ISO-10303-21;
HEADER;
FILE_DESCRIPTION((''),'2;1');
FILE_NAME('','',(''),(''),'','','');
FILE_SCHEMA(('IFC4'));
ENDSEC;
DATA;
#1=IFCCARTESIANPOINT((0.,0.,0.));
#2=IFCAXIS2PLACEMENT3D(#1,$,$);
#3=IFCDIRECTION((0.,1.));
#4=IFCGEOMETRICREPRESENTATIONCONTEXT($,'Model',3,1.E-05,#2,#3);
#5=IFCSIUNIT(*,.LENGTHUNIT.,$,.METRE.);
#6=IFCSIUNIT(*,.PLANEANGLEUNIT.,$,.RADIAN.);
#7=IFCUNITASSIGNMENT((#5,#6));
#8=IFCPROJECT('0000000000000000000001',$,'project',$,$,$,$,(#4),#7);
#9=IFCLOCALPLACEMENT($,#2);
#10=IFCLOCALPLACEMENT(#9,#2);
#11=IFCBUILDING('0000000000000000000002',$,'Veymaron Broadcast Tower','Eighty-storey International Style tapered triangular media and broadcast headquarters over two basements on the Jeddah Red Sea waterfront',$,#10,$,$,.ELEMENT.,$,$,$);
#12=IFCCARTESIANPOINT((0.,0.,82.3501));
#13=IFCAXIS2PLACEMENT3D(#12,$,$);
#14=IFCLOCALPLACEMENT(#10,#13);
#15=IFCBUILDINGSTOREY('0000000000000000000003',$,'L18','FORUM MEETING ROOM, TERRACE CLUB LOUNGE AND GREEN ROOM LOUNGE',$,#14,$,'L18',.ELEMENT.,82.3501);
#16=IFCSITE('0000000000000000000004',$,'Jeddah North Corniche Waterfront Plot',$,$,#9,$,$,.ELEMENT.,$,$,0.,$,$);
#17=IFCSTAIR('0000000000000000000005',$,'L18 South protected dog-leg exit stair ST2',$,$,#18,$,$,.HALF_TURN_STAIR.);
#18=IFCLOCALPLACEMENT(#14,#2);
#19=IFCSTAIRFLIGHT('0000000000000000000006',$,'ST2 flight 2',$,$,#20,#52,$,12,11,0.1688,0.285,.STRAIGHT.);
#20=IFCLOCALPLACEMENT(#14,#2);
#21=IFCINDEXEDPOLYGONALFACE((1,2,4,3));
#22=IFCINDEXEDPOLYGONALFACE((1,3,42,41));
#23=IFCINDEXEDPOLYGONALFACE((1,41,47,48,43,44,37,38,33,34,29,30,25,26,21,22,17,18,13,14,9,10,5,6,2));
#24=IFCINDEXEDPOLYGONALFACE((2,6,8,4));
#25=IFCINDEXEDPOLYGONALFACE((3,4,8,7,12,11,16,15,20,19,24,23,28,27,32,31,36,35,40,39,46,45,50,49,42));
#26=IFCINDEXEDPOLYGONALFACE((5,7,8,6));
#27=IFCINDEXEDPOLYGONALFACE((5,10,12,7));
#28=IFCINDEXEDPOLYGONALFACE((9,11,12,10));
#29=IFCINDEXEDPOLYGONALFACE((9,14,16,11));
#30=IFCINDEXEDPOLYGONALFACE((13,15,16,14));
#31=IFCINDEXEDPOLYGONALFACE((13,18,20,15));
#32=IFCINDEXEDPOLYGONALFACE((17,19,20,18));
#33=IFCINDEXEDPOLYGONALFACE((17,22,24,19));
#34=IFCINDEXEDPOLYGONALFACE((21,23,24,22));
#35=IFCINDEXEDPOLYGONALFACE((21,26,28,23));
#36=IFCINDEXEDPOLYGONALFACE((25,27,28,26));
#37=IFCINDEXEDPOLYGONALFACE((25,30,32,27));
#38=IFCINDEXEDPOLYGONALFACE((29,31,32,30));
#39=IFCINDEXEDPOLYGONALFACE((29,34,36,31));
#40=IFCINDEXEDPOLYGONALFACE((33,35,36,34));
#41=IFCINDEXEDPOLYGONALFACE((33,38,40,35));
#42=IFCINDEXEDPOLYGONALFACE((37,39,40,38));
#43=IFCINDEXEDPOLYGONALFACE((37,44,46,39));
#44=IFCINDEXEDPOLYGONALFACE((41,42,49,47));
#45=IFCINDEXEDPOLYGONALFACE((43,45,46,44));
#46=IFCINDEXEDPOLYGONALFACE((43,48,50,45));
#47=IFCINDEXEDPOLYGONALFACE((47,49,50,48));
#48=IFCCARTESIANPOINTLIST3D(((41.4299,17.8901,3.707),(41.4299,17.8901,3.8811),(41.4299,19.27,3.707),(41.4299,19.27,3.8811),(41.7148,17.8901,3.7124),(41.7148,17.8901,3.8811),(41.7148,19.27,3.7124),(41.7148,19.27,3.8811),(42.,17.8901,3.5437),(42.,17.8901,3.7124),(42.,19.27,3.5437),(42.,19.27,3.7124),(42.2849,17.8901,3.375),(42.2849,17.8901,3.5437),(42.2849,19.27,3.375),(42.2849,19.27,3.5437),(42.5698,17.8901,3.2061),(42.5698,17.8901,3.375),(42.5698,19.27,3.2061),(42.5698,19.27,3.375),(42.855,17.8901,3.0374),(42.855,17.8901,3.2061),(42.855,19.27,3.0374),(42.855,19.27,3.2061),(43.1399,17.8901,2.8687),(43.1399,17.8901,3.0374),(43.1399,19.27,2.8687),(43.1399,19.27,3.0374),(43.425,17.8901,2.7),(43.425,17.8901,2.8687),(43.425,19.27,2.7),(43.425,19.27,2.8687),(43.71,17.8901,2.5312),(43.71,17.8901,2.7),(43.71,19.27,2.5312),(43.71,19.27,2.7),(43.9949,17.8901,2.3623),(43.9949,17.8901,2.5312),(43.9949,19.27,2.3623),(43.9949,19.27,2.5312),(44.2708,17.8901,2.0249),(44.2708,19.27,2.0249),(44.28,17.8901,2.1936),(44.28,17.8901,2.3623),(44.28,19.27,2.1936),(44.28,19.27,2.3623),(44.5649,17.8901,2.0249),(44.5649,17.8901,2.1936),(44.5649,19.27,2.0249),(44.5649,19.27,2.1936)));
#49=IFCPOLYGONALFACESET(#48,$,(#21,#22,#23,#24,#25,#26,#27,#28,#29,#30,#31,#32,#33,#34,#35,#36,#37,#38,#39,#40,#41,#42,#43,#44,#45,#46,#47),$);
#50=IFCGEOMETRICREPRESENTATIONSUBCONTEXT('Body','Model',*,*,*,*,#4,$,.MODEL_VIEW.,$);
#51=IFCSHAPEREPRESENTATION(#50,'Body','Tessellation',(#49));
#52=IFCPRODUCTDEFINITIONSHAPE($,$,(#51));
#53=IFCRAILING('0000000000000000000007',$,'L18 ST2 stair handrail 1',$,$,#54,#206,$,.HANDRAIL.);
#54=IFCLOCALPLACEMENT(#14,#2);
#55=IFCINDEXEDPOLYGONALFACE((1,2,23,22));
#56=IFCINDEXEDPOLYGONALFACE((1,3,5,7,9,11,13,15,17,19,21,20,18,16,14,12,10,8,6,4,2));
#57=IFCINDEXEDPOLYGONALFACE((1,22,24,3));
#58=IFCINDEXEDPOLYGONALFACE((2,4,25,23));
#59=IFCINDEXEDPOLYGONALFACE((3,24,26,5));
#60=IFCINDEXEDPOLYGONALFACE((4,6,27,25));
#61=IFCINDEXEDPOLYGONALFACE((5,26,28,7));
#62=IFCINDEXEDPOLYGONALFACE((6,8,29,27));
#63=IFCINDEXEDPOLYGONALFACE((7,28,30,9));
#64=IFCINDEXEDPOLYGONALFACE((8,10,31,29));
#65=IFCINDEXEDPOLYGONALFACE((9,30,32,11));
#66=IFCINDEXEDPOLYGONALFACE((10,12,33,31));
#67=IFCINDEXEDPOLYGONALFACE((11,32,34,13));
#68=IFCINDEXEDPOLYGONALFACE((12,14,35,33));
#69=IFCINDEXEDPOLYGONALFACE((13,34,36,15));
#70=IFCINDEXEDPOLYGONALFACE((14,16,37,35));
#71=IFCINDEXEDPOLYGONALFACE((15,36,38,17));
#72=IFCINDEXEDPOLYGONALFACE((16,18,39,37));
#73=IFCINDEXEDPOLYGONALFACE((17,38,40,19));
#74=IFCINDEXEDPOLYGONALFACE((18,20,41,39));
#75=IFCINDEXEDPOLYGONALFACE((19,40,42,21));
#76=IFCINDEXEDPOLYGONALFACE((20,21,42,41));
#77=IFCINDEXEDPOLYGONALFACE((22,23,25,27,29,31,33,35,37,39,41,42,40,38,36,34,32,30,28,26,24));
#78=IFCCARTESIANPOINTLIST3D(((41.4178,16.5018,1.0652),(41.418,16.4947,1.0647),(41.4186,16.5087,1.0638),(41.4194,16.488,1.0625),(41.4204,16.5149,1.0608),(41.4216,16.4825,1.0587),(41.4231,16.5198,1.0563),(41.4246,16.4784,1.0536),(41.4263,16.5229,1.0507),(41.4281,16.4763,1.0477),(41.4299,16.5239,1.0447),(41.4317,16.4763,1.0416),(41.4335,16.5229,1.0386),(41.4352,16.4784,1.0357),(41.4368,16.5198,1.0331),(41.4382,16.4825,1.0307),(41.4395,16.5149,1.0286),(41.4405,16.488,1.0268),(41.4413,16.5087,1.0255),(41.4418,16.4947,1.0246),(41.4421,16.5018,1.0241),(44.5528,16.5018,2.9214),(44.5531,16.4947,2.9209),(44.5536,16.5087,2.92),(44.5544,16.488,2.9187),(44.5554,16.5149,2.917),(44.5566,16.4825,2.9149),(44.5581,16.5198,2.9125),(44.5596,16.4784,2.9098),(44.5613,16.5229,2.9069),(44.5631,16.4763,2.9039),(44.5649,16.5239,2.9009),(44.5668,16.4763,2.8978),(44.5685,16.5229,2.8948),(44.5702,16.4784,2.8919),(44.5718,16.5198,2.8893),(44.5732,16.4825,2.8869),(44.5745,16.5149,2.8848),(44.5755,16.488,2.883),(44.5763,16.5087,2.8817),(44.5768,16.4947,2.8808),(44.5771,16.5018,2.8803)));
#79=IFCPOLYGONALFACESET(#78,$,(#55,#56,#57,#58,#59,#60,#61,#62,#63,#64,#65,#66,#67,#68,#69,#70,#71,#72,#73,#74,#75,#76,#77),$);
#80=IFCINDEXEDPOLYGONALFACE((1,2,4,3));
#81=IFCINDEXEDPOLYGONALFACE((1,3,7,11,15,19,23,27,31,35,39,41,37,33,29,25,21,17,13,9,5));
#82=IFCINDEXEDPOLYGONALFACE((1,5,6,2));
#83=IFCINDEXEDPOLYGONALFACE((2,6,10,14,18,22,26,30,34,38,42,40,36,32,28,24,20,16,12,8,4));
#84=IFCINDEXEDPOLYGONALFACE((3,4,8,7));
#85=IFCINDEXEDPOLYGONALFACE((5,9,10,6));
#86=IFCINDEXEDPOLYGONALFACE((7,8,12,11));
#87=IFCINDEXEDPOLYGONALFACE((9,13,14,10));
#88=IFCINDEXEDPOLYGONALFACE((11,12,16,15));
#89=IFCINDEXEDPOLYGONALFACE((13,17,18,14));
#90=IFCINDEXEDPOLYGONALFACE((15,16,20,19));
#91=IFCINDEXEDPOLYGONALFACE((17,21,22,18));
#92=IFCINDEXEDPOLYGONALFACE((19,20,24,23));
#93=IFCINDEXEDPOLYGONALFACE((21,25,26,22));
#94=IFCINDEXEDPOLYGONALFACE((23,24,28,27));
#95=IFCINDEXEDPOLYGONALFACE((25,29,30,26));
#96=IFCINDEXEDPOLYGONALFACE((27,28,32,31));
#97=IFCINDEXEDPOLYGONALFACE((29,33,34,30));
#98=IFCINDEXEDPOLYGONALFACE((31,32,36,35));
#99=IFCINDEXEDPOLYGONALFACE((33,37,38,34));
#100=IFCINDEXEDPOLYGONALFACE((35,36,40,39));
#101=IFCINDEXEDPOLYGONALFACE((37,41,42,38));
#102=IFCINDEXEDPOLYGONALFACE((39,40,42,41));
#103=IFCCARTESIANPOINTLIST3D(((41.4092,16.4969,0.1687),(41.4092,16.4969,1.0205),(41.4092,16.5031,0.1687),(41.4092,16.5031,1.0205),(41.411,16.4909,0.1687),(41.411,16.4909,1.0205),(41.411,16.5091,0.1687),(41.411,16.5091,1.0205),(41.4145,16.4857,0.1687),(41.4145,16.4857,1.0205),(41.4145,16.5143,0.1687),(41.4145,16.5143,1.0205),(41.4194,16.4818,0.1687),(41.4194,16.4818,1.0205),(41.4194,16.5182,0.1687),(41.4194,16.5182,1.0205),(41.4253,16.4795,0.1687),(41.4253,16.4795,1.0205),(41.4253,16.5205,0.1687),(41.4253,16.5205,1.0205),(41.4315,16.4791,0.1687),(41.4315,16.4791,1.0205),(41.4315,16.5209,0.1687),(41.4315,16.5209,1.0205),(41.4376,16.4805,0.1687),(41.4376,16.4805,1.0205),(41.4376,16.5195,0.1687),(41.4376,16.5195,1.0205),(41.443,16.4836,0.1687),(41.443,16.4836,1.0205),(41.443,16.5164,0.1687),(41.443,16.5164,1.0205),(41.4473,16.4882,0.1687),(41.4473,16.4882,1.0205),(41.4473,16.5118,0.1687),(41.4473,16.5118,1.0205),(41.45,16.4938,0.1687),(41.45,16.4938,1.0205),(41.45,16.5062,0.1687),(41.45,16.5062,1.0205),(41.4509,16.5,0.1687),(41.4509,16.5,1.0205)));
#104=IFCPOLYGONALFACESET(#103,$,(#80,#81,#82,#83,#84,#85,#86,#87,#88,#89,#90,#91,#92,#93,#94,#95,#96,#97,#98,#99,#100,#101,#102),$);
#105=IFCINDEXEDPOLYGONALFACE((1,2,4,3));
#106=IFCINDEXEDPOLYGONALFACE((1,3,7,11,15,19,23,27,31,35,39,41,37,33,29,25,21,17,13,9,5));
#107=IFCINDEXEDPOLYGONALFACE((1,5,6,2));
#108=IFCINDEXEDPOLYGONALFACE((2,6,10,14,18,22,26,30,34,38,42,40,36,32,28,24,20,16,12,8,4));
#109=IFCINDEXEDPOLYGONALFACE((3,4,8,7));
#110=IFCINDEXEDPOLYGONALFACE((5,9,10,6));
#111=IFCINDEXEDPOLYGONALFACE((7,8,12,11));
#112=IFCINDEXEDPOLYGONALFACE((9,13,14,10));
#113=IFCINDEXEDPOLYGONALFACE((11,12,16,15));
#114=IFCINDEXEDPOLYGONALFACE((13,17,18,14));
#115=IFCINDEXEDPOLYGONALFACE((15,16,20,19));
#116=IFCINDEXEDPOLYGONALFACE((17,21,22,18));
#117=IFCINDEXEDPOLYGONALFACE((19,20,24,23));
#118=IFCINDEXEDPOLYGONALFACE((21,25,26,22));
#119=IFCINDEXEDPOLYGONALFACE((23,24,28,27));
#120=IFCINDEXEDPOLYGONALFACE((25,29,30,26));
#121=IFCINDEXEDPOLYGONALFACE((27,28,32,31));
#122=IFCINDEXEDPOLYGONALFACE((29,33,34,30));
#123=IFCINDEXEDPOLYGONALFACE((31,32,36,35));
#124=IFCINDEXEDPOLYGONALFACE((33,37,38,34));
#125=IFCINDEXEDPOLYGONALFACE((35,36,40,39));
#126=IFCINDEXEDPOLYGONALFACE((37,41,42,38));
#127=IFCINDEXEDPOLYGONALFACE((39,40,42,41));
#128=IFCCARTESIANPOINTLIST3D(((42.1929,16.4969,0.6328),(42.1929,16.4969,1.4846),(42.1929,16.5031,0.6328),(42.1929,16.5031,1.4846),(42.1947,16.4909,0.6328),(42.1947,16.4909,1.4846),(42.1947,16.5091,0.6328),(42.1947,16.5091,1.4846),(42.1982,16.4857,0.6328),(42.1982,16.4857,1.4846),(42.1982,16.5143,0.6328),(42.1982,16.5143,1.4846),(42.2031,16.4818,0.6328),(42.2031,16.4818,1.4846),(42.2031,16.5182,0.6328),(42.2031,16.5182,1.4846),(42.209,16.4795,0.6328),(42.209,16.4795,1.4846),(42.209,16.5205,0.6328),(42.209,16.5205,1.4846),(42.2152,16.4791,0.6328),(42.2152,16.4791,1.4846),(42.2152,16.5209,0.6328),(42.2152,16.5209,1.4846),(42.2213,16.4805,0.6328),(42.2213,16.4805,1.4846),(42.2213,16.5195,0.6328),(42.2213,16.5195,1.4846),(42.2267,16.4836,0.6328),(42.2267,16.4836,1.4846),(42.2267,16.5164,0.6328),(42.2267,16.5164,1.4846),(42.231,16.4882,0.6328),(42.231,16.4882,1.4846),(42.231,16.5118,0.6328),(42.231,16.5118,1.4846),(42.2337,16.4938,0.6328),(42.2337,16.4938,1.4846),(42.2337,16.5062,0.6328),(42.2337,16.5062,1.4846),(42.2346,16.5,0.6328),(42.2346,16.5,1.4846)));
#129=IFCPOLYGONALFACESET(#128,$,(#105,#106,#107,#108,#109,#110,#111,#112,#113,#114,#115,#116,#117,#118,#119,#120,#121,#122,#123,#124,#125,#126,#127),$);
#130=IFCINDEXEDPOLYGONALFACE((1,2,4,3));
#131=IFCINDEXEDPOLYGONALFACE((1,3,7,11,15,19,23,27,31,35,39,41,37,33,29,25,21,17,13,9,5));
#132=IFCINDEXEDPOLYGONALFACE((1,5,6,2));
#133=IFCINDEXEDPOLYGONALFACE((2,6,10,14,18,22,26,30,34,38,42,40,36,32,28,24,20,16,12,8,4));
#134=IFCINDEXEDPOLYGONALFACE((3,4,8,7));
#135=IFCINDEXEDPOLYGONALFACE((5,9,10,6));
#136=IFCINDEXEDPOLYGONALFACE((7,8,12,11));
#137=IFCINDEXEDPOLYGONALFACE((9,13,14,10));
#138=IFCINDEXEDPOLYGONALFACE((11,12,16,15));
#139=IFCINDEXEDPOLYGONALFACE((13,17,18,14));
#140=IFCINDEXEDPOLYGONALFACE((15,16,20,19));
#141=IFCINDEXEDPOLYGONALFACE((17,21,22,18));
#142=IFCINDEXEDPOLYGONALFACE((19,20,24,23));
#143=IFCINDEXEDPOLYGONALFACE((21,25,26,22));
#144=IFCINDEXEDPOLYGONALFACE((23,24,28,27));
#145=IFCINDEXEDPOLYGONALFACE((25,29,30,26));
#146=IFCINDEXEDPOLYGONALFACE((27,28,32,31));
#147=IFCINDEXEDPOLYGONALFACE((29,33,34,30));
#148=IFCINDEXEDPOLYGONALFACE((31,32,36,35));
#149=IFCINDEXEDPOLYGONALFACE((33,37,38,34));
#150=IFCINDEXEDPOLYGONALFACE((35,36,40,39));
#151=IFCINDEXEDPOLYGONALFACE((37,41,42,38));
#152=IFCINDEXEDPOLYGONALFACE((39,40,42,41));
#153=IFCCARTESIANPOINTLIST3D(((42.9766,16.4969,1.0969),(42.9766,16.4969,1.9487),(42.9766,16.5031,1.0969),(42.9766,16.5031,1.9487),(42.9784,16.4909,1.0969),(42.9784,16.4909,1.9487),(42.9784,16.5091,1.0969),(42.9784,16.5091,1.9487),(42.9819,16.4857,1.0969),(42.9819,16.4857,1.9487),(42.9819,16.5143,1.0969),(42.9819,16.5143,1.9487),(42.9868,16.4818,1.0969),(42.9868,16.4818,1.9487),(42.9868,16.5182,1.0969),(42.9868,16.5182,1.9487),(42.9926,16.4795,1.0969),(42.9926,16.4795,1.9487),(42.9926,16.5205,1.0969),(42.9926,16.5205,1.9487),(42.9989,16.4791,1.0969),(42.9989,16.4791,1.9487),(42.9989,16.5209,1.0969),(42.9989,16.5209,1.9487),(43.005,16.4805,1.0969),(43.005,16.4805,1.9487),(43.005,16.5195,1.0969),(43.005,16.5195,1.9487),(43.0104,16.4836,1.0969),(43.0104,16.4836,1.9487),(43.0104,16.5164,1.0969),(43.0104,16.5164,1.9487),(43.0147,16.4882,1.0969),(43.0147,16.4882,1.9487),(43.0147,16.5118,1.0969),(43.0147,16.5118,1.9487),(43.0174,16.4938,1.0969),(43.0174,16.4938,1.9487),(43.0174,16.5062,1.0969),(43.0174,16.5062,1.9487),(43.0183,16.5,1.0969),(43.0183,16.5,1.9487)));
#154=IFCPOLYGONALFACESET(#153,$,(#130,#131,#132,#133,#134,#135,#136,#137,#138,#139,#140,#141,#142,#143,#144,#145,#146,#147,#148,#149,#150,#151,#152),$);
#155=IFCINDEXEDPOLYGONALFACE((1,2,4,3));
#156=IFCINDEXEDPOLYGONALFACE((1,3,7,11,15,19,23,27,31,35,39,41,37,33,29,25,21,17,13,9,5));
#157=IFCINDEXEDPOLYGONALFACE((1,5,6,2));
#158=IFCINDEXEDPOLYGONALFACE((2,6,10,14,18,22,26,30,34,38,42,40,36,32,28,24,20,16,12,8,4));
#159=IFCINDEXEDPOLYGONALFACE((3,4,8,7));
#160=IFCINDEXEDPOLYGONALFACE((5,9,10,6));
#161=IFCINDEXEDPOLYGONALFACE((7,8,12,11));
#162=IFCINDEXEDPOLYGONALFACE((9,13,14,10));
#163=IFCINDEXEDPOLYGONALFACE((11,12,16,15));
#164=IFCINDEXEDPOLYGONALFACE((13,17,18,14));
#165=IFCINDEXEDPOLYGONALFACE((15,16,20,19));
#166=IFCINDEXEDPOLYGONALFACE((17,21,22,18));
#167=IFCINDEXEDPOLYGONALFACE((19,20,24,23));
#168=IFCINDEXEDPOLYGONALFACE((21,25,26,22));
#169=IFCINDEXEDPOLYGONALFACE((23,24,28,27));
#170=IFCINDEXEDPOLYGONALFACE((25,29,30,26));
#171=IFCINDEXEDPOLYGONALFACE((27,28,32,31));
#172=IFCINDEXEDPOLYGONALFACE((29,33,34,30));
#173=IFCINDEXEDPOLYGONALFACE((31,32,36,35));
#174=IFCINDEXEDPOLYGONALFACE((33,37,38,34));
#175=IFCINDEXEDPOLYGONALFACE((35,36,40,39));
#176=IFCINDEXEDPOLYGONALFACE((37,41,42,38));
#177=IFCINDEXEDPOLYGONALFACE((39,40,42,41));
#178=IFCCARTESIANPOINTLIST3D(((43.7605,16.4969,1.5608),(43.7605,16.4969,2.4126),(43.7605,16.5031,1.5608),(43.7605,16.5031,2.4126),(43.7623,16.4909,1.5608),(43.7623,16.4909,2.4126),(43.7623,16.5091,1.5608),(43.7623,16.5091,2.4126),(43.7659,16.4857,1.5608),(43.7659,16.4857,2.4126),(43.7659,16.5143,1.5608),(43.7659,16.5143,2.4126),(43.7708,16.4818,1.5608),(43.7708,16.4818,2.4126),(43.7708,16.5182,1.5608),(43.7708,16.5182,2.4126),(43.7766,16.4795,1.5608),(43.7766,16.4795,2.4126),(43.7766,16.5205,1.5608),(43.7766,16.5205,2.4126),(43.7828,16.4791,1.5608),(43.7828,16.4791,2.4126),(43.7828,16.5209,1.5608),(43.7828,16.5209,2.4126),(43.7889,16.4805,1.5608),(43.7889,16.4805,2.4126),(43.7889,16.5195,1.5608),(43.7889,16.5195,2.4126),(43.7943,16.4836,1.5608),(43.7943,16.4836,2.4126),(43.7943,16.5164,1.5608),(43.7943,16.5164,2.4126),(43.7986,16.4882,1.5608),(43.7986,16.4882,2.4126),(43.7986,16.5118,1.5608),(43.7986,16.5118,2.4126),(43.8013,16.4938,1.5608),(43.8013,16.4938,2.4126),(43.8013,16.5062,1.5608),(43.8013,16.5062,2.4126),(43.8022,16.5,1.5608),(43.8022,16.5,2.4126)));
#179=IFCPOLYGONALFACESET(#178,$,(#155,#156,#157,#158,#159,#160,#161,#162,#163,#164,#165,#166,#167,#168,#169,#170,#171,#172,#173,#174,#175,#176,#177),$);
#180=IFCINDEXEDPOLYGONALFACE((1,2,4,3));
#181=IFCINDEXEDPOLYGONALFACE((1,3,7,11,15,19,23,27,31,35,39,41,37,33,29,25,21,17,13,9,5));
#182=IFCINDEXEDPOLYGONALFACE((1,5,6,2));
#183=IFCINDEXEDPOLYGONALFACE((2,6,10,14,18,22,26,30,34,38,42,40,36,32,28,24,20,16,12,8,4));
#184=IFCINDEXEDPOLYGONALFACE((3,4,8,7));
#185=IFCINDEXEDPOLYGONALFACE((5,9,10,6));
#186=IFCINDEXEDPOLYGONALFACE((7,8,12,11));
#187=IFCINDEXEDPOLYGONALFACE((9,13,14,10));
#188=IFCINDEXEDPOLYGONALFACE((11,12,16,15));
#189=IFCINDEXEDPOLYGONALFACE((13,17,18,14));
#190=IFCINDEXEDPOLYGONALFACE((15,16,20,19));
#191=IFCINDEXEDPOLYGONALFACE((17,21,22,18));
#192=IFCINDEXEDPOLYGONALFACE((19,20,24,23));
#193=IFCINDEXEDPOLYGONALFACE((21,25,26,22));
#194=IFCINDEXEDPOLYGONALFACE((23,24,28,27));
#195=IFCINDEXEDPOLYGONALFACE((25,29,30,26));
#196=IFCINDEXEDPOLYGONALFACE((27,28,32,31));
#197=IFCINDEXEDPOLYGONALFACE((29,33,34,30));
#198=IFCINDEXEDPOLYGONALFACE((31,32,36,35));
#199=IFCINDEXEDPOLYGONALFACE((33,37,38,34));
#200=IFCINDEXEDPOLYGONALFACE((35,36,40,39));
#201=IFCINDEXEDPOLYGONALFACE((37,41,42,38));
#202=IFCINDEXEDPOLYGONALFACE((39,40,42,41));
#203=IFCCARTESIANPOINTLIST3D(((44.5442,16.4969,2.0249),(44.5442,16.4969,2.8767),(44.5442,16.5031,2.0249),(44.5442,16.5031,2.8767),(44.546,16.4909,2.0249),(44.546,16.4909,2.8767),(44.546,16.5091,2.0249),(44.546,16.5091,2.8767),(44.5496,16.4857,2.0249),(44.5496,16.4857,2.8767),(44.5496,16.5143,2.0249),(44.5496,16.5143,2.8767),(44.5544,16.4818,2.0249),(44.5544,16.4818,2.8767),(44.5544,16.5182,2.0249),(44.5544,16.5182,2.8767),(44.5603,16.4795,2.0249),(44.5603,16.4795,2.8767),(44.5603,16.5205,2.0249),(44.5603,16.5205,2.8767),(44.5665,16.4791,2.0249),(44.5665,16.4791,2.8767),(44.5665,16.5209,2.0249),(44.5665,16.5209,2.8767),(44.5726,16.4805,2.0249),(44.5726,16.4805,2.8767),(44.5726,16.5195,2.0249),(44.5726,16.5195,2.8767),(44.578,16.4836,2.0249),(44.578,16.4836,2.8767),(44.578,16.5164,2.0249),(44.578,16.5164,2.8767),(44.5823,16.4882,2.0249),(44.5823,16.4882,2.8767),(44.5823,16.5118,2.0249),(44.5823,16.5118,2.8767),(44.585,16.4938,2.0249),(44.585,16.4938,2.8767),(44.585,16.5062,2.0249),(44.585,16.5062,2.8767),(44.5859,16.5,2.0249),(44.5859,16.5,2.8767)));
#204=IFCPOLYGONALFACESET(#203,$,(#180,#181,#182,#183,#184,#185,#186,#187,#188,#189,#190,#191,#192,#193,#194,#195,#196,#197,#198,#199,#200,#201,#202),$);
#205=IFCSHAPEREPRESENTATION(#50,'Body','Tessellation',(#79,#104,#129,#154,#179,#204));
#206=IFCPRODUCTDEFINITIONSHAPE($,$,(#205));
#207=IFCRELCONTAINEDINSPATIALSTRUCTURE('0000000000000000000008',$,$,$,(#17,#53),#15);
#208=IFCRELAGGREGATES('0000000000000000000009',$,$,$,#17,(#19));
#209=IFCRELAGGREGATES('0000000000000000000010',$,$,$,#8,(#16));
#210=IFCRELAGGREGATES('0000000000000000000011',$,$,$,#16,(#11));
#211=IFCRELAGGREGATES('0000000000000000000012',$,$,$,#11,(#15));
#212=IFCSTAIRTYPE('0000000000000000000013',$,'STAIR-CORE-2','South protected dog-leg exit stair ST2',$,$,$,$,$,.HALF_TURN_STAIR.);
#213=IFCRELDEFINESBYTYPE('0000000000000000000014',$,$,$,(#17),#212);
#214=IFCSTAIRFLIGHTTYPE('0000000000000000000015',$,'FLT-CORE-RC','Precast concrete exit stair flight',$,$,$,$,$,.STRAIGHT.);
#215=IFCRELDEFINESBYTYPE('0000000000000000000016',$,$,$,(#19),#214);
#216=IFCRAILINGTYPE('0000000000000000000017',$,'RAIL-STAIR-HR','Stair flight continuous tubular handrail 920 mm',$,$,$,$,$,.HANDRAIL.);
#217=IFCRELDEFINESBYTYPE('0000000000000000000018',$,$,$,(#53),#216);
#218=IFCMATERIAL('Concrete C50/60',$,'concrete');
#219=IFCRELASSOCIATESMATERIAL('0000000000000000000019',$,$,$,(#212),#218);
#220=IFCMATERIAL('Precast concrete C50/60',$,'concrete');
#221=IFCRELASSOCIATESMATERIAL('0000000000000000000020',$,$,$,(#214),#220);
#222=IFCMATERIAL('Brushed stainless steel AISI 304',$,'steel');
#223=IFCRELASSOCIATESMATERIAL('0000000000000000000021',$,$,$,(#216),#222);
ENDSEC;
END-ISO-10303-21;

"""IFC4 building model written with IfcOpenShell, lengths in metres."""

from ifc_helpers import new_model, si_unit, direction, frame, origin, origin_2d, place, context, subcontext, project, spatial, polyline, circle, outline, extrude, material, type_object, element, aggregate, save


model = new_model("IFC4")

# Units and contexts
model_context = context("Model", 3, precision=1e-05, world=origin(), true_north=direction((0.0, 1.0)))
body_context = subcontext(model_context, "Body", "Model", "MODEL_VIEW")
ifc_project = project(units=[si_unit("LENGTHUNIT", "METRE"), si_unit("PLANEANGLEUNIT", "RADIAN")], contexts=[model_context])

# Site, building, storey
site_placement = place(None, origin())
site = spatial("IfcSite", under=ifc_project, at=site_placement, Name="Jeddah North Corniche Waterfront Plot", CompositionType="ELEMENT", RefElevation=0.0)
building_placement = place(site_placement, origin())
building = spatial("IfcBuilding", under=site, at=building_placement, Name="Veymaron Broadcast Tower", Description="Eighty-storey International Style tapered triangular media and broadcast headquarters over two basements on the Jeddah Red Sea waterfront", CompositionType="ELEMENT")
storey_placement = place(building_placement, frame((0.0, 0.0, 82.3501)))
storey = spatial("IfcBuildingStorey", under=building, at=storey_placement, Name="L18", Description="FORUM MEETING ROOM, TERRACE CLUB LOUNGE AND GREEN ROOM LOUNGE", LongName="L18", CompositionType="ELEMENT", Elevation=82.3501)

# Shared definitions
ifc_material_1 = material(Name="Brushed stainless steel AISI 304", Category="steel")

# Shared definitions
ifc_material_2 = material(Name="Concrete C50/60", Category="concrete")

# Stair, stair flight
stair_type = type_object("IfcStairType", Name="STAIR-CORE-2", Description="South protected dog-leg exit stair ST2", PredefinedType="HALF_TURN_STAIR", material=ifc_material_2)
stair_placement = place(storey_placement, origin())
stair = element("IfcStair", 1, at=stair_placement, inside=storey, type_object=stair_type, Name="L18 South protected dog-leg exit stair ST2", PredefinedType="HALF_TURN_STAIR")
ifc_material_3 = material(Name="Precast concrete C50/60", Category="concrete")
stair_flight_type = type_object("IfcStairFlightType", Name="FLT-CORE-RC", Description="Precast concrete exit stair flight", PredefinedType="STRAIGHT", material=ifc_material_3)
stair_flight_1_placement = place(storey_placement, frame((44.5649, 18.5801, 2.0249), z_axis=(0.0, 0.0, 1.0), x_axis=(-1.0, 0.0, 0.0)))
stair_flight_1 = element("IfcStairFlight", 2, at=stair_flight_1_placement, type_object=stair_flight_type, Name="ST2 flight 2", NumberOfRisers=12, NumberOfTreads=11, PredefinedType="STRAIGHT", RiserHeight=0.1688, TreadLength=0.285, context=body_context, shape_type="SweptSolid", body=[
    extrude(outline(polyline([(0.0, 0.0), (0.0, 0.1687), (0.2849, 0.1687), (0.2849, 0.3374), (0.5701, 0.3374), (0.5701, 0.5063), (0.855, 0.5063), (0.855, 0.675), (1.1399, 0.675), (1.1399, 0.8438), (1.425, 0.8438), (1.425, 1.0125), (1.71, 1.0125), (1.71, 1.1812), (1.9951, 1.1812), (1.9951, 1.3501), (2.28, 1.3501), (2.28, 1.5188), (2.5649, 1.5188), (2.5649, 1.6875), (2.8501, 1.6875), (2.8501, 1.8562), (3.135, 1.8562), (3.135, 2.0249), (3.135, 1.6821), (0.2942, 0.0), (0.0, 0.0)])), frame((0.0, 0.6899, 0.0), z_axis=(0.0, -1.0, 0.0), x_axis=(1.0, 0.0, 0.0)), (0.0, 0.0, 1.0), 1.3799),
])
aggregate(stair, [stair_flight_1])

# Railing
railing_type_1 = type_object("IfcRailingType", Name="RAIL-STAIR-HR", Description="Stair flight continuous tubular handrail 920 mm", PredefinedType="HANDRAIL", material=ifc_material_1)
railing_1_placement = place(storey_placement, frame((41.4299, 16.5, 0.1687)))
element("IfcRailing", 3, at=railing_1_placement, inside=storey, type_object=railing_type_1, Name="L18 ST2 stair handrail 1", PredefinedType="HANDRAIL", context=body_context, shape_type="SweptSolid", body=[
    extrude(circle(Radius=0.0239, at=origin_2d()), frame((0.0, 0.0, 0.876), z_axis=(0.860482, 0.0, 0.509481), x_axis=(0.0, 1.0, 0.0)), (0.0, 0.0, 1.0), 3.6433),
    extrude(circle(Radius=0.021, at=origin_2d()), origin(), (0.0, 0.0, 1.0), 0.8518),
    extrude(circle(Radius=0.021, at=origin_2d()), frame((0.7837, 0.0, 0.4641)), (0.0, 0.0, 1.0), 0.8518),
    extrude(circle(Radius=0.021, at=origin_2d()), frame((1.5674, 0.0, 0.9282)), (0.0, 0.0, 1.0), 0.8518),
    extrude(circle(Radius=0.021, at=origin_2d()), frame((2.3513, 0.0, 1.3921)), (0.0, 0.0, 1.0), 0.8518),
    extrude(circle(Radius=0.021, at=origin_2d()), frame((3.135, 0.0, 1.8562)), (0.0, 0.0, 1.0), 0.8518),
])

save(model, "model.ifc")
